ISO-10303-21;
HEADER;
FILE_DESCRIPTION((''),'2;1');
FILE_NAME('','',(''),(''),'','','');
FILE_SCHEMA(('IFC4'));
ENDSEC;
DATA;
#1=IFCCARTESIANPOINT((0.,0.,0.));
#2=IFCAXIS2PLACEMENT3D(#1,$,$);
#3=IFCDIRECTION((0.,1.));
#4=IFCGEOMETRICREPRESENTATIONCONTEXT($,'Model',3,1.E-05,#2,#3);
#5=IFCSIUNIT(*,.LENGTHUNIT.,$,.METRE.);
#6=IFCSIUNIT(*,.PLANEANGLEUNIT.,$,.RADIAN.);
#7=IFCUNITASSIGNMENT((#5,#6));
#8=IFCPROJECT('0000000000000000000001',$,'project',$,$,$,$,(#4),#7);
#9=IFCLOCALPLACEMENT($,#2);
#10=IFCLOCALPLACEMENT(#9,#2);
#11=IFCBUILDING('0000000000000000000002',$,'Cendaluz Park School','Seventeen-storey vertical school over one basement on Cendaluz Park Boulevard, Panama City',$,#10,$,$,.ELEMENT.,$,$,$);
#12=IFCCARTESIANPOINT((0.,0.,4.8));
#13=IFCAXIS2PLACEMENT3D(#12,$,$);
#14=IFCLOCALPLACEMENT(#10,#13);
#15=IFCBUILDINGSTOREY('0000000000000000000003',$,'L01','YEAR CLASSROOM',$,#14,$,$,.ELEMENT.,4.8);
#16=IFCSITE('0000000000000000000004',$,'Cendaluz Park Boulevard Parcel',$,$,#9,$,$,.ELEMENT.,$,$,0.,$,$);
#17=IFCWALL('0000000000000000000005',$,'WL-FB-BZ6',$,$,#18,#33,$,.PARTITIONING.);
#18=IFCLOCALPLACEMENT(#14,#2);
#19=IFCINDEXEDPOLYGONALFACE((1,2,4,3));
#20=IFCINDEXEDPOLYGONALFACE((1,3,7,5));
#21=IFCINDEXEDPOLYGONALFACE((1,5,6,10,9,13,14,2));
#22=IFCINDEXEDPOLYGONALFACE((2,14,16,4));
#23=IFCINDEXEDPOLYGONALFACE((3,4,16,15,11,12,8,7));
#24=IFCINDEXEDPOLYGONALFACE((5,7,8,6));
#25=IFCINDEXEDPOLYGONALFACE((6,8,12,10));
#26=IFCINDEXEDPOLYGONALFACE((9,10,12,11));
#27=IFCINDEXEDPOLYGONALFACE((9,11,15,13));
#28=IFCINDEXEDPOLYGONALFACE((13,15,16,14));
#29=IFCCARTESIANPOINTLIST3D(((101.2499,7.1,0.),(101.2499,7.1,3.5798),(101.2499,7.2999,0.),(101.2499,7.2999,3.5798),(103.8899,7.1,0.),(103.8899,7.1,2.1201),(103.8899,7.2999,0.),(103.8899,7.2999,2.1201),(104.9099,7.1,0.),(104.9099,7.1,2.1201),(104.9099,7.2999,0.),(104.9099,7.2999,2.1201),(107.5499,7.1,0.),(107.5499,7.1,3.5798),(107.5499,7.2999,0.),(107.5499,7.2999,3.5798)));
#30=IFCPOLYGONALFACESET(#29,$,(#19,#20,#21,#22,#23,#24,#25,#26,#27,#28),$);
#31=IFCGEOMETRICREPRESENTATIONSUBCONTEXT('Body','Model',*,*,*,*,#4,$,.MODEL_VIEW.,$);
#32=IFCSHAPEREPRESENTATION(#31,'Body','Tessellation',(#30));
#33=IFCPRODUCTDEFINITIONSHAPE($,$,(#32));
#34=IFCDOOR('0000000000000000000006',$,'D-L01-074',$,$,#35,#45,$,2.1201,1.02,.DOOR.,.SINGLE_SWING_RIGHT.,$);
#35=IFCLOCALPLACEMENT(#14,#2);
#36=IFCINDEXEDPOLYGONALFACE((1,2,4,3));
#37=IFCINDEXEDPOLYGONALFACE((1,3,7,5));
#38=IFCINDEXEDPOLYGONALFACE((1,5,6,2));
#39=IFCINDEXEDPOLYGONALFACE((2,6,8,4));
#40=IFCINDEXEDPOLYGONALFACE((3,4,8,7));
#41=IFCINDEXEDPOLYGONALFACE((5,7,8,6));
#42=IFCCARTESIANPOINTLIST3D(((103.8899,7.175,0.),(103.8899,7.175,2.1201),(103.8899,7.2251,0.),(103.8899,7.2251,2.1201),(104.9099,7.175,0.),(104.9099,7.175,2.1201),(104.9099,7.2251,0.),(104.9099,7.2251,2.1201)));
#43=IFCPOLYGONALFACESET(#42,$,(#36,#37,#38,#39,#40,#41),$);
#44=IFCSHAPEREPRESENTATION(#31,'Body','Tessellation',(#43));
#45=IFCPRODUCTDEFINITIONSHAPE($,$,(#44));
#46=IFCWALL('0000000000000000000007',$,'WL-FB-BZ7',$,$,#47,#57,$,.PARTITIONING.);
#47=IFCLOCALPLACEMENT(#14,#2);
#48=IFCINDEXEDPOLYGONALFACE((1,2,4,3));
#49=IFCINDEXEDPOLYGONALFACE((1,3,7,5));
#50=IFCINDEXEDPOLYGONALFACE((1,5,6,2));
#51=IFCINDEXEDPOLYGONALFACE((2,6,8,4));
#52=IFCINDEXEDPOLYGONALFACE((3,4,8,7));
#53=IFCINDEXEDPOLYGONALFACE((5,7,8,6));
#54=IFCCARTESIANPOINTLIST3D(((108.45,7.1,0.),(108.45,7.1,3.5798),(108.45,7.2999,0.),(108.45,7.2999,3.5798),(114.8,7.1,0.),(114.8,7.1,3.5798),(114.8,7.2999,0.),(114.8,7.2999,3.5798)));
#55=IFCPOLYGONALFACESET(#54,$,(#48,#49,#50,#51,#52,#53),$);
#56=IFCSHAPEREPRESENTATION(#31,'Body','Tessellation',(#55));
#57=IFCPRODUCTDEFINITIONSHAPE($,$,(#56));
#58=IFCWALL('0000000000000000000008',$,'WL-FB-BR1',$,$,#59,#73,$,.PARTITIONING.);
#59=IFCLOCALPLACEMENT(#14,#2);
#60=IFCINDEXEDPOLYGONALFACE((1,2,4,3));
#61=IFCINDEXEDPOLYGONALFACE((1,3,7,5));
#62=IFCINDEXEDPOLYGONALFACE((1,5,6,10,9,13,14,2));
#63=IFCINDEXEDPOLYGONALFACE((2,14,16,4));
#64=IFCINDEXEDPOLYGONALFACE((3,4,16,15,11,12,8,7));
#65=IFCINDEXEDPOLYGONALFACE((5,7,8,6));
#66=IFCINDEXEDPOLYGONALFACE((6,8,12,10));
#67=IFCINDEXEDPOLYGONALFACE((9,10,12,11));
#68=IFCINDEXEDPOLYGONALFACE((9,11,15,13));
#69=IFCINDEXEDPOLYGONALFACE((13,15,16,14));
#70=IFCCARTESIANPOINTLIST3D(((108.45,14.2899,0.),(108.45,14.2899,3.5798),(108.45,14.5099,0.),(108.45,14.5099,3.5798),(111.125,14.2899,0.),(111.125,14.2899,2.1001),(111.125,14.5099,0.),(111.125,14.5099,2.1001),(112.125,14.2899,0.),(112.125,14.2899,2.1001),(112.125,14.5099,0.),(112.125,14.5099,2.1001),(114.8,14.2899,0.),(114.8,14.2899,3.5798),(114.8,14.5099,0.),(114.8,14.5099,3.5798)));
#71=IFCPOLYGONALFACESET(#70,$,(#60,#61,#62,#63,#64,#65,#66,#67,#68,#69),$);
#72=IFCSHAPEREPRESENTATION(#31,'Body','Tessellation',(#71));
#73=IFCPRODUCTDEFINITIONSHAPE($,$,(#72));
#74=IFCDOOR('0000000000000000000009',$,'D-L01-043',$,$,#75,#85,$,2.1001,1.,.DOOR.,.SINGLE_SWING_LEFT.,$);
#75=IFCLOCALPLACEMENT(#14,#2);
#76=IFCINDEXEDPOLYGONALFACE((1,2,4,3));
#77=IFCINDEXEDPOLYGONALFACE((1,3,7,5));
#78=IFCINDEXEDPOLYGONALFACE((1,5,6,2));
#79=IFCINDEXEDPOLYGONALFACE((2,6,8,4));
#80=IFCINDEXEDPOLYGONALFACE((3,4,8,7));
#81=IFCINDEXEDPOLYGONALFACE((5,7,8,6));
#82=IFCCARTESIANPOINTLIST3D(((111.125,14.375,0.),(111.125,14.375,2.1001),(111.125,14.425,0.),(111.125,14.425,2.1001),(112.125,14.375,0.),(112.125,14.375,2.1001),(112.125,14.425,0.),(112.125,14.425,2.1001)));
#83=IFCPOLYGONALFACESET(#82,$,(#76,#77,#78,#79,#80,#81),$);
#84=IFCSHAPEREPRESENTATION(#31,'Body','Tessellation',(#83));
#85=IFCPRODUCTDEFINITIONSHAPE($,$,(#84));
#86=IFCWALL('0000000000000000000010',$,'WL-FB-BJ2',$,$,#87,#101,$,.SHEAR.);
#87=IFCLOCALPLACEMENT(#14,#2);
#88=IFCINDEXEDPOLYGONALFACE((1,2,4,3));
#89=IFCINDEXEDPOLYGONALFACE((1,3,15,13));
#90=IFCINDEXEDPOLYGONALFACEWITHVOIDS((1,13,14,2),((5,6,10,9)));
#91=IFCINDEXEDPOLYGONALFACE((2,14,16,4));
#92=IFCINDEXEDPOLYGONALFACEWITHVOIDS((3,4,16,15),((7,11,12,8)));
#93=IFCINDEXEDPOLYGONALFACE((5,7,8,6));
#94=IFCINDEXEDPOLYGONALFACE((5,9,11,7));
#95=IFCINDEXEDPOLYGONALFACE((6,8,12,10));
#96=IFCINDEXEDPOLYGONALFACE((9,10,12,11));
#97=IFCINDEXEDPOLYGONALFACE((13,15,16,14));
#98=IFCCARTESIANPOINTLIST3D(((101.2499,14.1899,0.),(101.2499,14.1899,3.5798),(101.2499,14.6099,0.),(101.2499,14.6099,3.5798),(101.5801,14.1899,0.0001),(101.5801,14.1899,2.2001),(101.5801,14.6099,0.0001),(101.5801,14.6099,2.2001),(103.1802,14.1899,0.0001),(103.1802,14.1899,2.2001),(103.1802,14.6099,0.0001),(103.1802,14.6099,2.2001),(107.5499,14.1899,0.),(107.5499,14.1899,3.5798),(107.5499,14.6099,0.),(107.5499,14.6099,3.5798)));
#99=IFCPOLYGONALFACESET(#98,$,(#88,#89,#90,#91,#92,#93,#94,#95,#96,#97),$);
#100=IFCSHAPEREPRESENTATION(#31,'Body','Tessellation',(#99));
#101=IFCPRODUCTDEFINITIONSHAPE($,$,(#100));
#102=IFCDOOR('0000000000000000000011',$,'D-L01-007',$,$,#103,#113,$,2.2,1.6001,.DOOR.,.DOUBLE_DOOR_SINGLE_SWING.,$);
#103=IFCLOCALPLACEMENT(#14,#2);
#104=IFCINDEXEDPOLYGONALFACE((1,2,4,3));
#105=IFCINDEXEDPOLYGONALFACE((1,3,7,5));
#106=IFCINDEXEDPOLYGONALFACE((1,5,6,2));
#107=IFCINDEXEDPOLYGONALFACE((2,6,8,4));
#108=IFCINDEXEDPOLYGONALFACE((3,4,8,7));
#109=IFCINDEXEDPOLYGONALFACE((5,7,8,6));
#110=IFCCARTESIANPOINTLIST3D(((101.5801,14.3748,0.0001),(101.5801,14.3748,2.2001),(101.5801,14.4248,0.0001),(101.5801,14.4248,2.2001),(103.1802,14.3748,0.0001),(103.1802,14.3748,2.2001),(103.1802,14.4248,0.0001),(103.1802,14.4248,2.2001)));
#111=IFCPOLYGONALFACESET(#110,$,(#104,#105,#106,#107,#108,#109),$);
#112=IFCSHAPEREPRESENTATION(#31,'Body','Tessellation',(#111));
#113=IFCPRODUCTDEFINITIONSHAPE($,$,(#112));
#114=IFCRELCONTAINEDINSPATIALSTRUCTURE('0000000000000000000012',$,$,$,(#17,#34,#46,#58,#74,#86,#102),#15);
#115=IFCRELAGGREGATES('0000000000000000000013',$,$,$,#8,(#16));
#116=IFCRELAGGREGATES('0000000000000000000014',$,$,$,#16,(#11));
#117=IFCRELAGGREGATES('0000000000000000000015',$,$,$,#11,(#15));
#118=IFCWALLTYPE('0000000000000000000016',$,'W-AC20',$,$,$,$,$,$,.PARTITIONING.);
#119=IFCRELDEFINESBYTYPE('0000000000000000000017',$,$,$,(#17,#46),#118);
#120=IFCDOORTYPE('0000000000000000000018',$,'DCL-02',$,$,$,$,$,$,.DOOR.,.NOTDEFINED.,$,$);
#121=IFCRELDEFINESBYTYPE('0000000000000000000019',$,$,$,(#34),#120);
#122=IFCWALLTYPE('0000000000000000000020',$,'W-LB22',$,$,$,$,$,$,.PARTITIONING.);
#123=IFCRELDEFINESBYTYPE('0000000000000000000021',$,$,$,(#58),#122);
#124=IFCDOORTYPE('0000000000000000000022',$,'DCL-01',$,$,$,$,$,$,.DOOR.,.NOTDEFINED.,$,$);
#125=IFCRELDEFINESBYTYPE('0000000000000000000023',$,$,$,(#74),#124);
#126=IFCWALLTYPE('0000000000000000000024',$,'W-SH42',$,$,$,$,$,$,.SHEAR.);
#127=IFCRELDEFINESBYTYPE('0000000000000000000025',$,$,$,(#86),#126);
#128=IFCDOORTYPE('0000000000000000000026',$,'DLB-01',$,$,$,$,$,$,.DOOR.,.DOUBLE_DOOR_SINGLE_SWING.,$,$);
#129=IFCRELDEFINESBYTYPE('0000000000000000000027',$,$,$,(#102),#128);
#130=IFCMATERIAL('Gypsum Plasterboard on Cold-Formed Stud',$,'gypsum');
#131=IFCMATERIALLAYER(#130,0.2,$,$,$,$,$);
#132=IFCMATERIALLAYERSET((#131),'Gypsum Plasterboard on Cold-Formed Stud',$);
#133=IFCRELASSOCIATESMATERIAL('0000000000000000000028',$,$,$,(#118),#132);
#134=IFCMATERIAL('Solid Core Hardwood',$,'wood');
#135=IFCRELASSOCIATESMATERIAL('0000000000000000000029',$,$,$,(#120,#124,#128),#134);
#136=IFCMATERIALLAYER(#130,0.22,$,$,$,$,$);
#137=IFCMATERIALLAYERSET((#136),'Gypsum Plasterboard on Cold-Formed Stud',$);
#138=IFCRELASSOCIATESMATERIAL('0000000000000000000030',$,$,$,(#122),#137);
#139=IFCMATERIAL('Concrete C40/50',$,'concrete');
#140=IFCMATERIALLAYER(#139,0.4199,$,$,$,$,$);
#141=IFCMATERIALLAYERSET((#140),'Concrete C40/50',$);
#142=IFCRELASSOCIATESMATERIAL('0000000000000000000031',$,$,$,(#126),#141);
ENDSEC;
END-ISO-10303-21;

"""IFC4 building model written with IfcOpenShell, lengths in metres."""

from ifc_helpers import new_model, si_unit, direction, frame, frame_2d, origin, place, context, subcontext, project, spatial, rectangle, extrude, material, layer, layer_set, type_object, element, fill, save


model = new_model("IFC4")

# Units and contexts
model_context = context("Model", 3, precision=1e-05, world=origin(), true_north=direction((0.0, 1.0)))
body_context = subcontext(model_context, "Body", "Model", "MODEL_VIEW")
ifc_project = project(units=[si_unit("LENGTHUNIT", "METRE"), si_unit("PLANEANGLEUNIT", "RADIAN")], contexts=[model_context])

# Site, building, storey
site_placement = place(None, origin())
site = spatial("IfcSite", under=ifc_project, at=site_placement, Name="Cendaluz Park Boulevard Parcel", CompositionType="ELEMENT", RefElevation=0.0)
building_placement = place(site_placement, origin())
building = spatial("IfcBuilding", under=site, at=building_placement, Name="Cendaluz Park School", Description="Seventeen-storey vertical school over one basement on Cendaluz Park Boulevard, Panama City", CompositionType="ELEMENT")
storey_placement = place(building_placement, frame((0.0, 0.0, 4.8)))
storey = spatial("IfcBuildingStorey", under=building, at=storey_placement, Name="L01", Description="YEAR CLASSROOM", CompositionType="ELEMENT", Elevation=4.8)

# Shared definitions
ifc_material_1 = material(Name="Concrete C40/50", Category="concrete")

# Wall, opening, door
ifc_material_2 = material(Name="Gypsum Plasterboard on Cold-Formed Stud", Category="gypsum")
ifc_layer_1 = layer(ifc_material_2, 0.2)
ifc_layer_set_1 = layer_set([ifc_layer_1], Name="Gypsum Plasterboard on Cold-Formed Stud")
wall_type_1 = type_object("IfcWallType", Name="W-AC20", PredefinedType="PARTITIONING", material=ifc_layer_set_1)
wall_1_placement = place(storey_placement, frame((101.25, 7.2, 0.0), z_axis=(0.0, 0.0, 1.0), x_axis=(1.0, 0.0, 0.0)))
wall_1 = element("IfcWall", 1, at=wall_1_placement, inside=storey, type_object=wall_type_1, Name="WL-FB-BZ6", PredefinedType="PARTITIONING", context=body_context, shape_type="SweptSolid", body=[
    extrude(rectangle(XDim=6.3, YDim=0.2, at=frame_2d((3.1499, 0.0))), origin(), (0.0, 0.0, 1.0), 3.5798),
])
opening_1_placement = place(wall_1_placement, frame((2.6399, 0.0, 0.0)))
opening_1 = element("IfcOpeningElement", 2, at=opening_1_placement, cuts=wall_1, PredefinedType="OPENING", context=body_context, shape_type="SweptSolid", body=[
    extrude(rectangle(XDim=1.02, YDim=2.1201, at=frame_2d((0.51, 1.0601))), frame((0.0, 0.1121, 0.0), z_axis=(0.0, -1.0, 0.0), x_axis=(1.0, 0.0, 0.0)), (0.0, 0.0, 1.0), 0.2239),
])
ifc_material_3 = material(Name="Solid Core Hardwood", Category="wood")
door_type_1 = type_object("IfcDoorType", Name="DCL-02", OperationType="NOTDEFINED", PredefinedType="DOOR", material=ifc_material_3)
door_1_placement = place(opening_1_placement, frame((1.02, 0.0, 0.0), z_axis=(0.0, 0.0, 1.0), x_axis=(-1.0, 0.0, 0.0)))
door_1 = element("IfcDoor", 3, at=door_1_placement, inside=storey, type_object=door_type_1, Name="D-L01-074", OperationType="SINGLE_SWING_RIGHT", OverallHeight=2.1201, OverallWidth=1.02, PredefinedType="DOOR", context=body_context, shape_type="SweptSolid", body=[
    extrude(rectangle(XDim=1.02, YDim=2.1201, at=frame_2d((0.51, 1.0601))), frame((0.0, 0.0249, 0.0), z_axis=(0.0, -1.0, 0.0), x_axis=(1.0, 0.0, 0.0)), (0.0, 0.0, 1.0), 0.05),
])
fill(opening_1, door_1)

# Wall
wall_2_placement = place(storey_placement, frame((108.45, 7.2, 0.0), z_axis=(0.0, 0.0, 1.0), x_axis=(1.0, 0.0, 0.0)))
element("IfcWall", 4, at=wall_2_placement, inside=storey, type_object=wall_type_1, Name="WL-FB-BZ7", PredefinedType="PARTITIONING", context=body_context, shape_type="SweptSolid", body=[
    extrude(rectangle(XDim=6.3501, YDim=0.2, at=frame_2d((3.175, 0.0))), origin(), (0.0, 0.0, 1.0), 3.5798),
])

# Walls, openings, doors
ifc_layer_2 = layer(ifc_material_2, 0.22)
ifc_layer_set_2 = layer_set([ifc_layer_2], Name="Gypsum Plasterboard on Cold-Formed Stud")
wall_type_2 = type_object("IfcWallType", Name="W-LB22", PredefinedType="PARTITIONING", material=ifc_layer_set_2)
wall_3_placement = place(storey_placement, frame((108.45, 14.3999, 0.0), z_axis=(0.0, 0.0, 1.0), x_axis=(1.0, 0.0, 0.0)))
wall_3 = element("IfcWall", 5, at=wall_3_placement, inside=storey, type_object=wall_type_2, Name="WL-FB-BR1", PredefinedType="PARTITIONING", context=body_context, shape_type="SweptSolid", body=[
    extrude(rectangle(XDim=6.3501, YDim=0.22, at=frame_2d((3.175, 0.0))), origin(), (0.0, 0.0, 1.0), 3.5798),
])
opening_2_placement = place(wall_3_placement, frame((2.675, 0.0, 0.0)))
opening_2 = element("IfcOpeningElement", 6, at=opening_2_placement, cuts=wall_3, PredefinedType="OPENING", context=body_context, shape_type="SweptSolid", body=[
    extrude(rectangle(XDim=1.0, YDim=2.1001, at=frame_2d((0.5, 1.05))), frame((0.0, 0.1221, 0.0), z_axis=(0.0, -1.0, 0.0), x_axis=(1.0, 0.0, 0.0)), (0.0, 0.0, 1.0), 0.2439),
])
door_type_2 = type_object("IfcDoorType", Name="DCL-01", OperationType="NOTDEFINED", PredefinedType="DOOR", material=ifc_material_3)
door_2_placement = place(opening_2_placement, frame((1.0, 0.0, 0.0), z_axis=(0.0, 0.0, 1.0), x_axis=(-1.0, 0.0, 0.0)))
door_2 = element("IfcDoor", 7, at=door_2_placement, inside=storey, type_object=door_type_2, Name="D-L01-043", OperationType="SINGLE_SWING_LEFT", OverallHeight=2.1001, OverallWidth=1.0, PredefinedType="DOOR", context=body_context, shape_type="SweptSolid", body=[
    extrude(rectangle(XDim=1.0, YDim=2.1001, at=frame_2d((0.5, 1.05))), frame((0.0, 0.0249, 0.0), z_axis=(0.0, -1.0, 0.0), x_axis=(1.0, 0.0, 0.0)), (0.0, 0.0, 1.0), 0.05),
])
fill(opening_2, door_2)
ifc_layer_3 = layer(ifc_material_1, 0.4199)
ifc_layer_set_3 = layer_set([ifc_layer_3], Name="Concrete C40/50")
wall_type_3 = type_object("IfcWallType", Name="W-SH42", PredefinedType="SHEAR", material=ifc_layer_set_3)
wall_4_placement = place(storey_placement, frame((101.25, 14.3999, 0.0), z_axis=(0.0, 0.0, 1.0), x_axis=(1.0, 0.0, 0.0)))
wall_4 = element("IfcWall", 8, at=wall_4_placement, inside=storey, type_object=wall_type_3, Name="WL-FB-BJ2", PredefinedType="SHEAR", context=body_context, shape_type="SweptSolid", body=[
    extrude(rectangle(XDim=6.3, YDim=0.4199, at=frame_2d((3.1499, 0.0))), origin(), (0.0, 0.0, 1.0), 3.5798),
])
opening_3_placement = place(wall_4_placement, frame((0.3301, 0.0, 0.0)))
opening_3 = element("IfcOpeningElement", 9, at=opening_3_placement, cuts=wall_4, PredefinedType="OPENING", context=body_context, shape_type="SweptSolid", body=[
    extrude(rectangle(XDim=1.6001, YDim=2.2, at=frame_2d((0.8, 1.1001))), frame((0.0, 0.2219, 0.0), z_axis=(0.0, -1.0, 0.0), x_axis=(1.0, 0.0, 0.0)), (0.0, 0.0, 1.0), 0.4438),
])
door_type_3 = type_object("IfcDoorType", Name="DLB-01", OperationType="DOUBLE_DOOR_SINGLE_SWING", PredefinedType="DOOR", material=ifc_material_3)
door_3_placement = place(opening_3_placement, origin())
door_3 = element("IfcDoor", 10, at=door_3_placement, inside=storey, type_object=door_type_3, Name="D-L01-007", OperationType="DOUBLE_DOOR_SINGLE_SWING", OverallHeight=2.2, OverallWidth=1.6001, PredefinedType="DOOR", context=body_context, shape_type="SweptSolid", body=[
    extrude(rectangle(XDim=1.6001, YDim=2.2, at=frame_2d((0.8, 1.1001))), frame((0.0, 0.0249, 0.0), z_axis=(0.0, -1.0, 0.0), x_axis=(1.0, 0.0, 0.0)), (0.0, 0.0, 1.0), 0.05),
])
fill(opening_3, door_3)

save(model, "model.ifc")
